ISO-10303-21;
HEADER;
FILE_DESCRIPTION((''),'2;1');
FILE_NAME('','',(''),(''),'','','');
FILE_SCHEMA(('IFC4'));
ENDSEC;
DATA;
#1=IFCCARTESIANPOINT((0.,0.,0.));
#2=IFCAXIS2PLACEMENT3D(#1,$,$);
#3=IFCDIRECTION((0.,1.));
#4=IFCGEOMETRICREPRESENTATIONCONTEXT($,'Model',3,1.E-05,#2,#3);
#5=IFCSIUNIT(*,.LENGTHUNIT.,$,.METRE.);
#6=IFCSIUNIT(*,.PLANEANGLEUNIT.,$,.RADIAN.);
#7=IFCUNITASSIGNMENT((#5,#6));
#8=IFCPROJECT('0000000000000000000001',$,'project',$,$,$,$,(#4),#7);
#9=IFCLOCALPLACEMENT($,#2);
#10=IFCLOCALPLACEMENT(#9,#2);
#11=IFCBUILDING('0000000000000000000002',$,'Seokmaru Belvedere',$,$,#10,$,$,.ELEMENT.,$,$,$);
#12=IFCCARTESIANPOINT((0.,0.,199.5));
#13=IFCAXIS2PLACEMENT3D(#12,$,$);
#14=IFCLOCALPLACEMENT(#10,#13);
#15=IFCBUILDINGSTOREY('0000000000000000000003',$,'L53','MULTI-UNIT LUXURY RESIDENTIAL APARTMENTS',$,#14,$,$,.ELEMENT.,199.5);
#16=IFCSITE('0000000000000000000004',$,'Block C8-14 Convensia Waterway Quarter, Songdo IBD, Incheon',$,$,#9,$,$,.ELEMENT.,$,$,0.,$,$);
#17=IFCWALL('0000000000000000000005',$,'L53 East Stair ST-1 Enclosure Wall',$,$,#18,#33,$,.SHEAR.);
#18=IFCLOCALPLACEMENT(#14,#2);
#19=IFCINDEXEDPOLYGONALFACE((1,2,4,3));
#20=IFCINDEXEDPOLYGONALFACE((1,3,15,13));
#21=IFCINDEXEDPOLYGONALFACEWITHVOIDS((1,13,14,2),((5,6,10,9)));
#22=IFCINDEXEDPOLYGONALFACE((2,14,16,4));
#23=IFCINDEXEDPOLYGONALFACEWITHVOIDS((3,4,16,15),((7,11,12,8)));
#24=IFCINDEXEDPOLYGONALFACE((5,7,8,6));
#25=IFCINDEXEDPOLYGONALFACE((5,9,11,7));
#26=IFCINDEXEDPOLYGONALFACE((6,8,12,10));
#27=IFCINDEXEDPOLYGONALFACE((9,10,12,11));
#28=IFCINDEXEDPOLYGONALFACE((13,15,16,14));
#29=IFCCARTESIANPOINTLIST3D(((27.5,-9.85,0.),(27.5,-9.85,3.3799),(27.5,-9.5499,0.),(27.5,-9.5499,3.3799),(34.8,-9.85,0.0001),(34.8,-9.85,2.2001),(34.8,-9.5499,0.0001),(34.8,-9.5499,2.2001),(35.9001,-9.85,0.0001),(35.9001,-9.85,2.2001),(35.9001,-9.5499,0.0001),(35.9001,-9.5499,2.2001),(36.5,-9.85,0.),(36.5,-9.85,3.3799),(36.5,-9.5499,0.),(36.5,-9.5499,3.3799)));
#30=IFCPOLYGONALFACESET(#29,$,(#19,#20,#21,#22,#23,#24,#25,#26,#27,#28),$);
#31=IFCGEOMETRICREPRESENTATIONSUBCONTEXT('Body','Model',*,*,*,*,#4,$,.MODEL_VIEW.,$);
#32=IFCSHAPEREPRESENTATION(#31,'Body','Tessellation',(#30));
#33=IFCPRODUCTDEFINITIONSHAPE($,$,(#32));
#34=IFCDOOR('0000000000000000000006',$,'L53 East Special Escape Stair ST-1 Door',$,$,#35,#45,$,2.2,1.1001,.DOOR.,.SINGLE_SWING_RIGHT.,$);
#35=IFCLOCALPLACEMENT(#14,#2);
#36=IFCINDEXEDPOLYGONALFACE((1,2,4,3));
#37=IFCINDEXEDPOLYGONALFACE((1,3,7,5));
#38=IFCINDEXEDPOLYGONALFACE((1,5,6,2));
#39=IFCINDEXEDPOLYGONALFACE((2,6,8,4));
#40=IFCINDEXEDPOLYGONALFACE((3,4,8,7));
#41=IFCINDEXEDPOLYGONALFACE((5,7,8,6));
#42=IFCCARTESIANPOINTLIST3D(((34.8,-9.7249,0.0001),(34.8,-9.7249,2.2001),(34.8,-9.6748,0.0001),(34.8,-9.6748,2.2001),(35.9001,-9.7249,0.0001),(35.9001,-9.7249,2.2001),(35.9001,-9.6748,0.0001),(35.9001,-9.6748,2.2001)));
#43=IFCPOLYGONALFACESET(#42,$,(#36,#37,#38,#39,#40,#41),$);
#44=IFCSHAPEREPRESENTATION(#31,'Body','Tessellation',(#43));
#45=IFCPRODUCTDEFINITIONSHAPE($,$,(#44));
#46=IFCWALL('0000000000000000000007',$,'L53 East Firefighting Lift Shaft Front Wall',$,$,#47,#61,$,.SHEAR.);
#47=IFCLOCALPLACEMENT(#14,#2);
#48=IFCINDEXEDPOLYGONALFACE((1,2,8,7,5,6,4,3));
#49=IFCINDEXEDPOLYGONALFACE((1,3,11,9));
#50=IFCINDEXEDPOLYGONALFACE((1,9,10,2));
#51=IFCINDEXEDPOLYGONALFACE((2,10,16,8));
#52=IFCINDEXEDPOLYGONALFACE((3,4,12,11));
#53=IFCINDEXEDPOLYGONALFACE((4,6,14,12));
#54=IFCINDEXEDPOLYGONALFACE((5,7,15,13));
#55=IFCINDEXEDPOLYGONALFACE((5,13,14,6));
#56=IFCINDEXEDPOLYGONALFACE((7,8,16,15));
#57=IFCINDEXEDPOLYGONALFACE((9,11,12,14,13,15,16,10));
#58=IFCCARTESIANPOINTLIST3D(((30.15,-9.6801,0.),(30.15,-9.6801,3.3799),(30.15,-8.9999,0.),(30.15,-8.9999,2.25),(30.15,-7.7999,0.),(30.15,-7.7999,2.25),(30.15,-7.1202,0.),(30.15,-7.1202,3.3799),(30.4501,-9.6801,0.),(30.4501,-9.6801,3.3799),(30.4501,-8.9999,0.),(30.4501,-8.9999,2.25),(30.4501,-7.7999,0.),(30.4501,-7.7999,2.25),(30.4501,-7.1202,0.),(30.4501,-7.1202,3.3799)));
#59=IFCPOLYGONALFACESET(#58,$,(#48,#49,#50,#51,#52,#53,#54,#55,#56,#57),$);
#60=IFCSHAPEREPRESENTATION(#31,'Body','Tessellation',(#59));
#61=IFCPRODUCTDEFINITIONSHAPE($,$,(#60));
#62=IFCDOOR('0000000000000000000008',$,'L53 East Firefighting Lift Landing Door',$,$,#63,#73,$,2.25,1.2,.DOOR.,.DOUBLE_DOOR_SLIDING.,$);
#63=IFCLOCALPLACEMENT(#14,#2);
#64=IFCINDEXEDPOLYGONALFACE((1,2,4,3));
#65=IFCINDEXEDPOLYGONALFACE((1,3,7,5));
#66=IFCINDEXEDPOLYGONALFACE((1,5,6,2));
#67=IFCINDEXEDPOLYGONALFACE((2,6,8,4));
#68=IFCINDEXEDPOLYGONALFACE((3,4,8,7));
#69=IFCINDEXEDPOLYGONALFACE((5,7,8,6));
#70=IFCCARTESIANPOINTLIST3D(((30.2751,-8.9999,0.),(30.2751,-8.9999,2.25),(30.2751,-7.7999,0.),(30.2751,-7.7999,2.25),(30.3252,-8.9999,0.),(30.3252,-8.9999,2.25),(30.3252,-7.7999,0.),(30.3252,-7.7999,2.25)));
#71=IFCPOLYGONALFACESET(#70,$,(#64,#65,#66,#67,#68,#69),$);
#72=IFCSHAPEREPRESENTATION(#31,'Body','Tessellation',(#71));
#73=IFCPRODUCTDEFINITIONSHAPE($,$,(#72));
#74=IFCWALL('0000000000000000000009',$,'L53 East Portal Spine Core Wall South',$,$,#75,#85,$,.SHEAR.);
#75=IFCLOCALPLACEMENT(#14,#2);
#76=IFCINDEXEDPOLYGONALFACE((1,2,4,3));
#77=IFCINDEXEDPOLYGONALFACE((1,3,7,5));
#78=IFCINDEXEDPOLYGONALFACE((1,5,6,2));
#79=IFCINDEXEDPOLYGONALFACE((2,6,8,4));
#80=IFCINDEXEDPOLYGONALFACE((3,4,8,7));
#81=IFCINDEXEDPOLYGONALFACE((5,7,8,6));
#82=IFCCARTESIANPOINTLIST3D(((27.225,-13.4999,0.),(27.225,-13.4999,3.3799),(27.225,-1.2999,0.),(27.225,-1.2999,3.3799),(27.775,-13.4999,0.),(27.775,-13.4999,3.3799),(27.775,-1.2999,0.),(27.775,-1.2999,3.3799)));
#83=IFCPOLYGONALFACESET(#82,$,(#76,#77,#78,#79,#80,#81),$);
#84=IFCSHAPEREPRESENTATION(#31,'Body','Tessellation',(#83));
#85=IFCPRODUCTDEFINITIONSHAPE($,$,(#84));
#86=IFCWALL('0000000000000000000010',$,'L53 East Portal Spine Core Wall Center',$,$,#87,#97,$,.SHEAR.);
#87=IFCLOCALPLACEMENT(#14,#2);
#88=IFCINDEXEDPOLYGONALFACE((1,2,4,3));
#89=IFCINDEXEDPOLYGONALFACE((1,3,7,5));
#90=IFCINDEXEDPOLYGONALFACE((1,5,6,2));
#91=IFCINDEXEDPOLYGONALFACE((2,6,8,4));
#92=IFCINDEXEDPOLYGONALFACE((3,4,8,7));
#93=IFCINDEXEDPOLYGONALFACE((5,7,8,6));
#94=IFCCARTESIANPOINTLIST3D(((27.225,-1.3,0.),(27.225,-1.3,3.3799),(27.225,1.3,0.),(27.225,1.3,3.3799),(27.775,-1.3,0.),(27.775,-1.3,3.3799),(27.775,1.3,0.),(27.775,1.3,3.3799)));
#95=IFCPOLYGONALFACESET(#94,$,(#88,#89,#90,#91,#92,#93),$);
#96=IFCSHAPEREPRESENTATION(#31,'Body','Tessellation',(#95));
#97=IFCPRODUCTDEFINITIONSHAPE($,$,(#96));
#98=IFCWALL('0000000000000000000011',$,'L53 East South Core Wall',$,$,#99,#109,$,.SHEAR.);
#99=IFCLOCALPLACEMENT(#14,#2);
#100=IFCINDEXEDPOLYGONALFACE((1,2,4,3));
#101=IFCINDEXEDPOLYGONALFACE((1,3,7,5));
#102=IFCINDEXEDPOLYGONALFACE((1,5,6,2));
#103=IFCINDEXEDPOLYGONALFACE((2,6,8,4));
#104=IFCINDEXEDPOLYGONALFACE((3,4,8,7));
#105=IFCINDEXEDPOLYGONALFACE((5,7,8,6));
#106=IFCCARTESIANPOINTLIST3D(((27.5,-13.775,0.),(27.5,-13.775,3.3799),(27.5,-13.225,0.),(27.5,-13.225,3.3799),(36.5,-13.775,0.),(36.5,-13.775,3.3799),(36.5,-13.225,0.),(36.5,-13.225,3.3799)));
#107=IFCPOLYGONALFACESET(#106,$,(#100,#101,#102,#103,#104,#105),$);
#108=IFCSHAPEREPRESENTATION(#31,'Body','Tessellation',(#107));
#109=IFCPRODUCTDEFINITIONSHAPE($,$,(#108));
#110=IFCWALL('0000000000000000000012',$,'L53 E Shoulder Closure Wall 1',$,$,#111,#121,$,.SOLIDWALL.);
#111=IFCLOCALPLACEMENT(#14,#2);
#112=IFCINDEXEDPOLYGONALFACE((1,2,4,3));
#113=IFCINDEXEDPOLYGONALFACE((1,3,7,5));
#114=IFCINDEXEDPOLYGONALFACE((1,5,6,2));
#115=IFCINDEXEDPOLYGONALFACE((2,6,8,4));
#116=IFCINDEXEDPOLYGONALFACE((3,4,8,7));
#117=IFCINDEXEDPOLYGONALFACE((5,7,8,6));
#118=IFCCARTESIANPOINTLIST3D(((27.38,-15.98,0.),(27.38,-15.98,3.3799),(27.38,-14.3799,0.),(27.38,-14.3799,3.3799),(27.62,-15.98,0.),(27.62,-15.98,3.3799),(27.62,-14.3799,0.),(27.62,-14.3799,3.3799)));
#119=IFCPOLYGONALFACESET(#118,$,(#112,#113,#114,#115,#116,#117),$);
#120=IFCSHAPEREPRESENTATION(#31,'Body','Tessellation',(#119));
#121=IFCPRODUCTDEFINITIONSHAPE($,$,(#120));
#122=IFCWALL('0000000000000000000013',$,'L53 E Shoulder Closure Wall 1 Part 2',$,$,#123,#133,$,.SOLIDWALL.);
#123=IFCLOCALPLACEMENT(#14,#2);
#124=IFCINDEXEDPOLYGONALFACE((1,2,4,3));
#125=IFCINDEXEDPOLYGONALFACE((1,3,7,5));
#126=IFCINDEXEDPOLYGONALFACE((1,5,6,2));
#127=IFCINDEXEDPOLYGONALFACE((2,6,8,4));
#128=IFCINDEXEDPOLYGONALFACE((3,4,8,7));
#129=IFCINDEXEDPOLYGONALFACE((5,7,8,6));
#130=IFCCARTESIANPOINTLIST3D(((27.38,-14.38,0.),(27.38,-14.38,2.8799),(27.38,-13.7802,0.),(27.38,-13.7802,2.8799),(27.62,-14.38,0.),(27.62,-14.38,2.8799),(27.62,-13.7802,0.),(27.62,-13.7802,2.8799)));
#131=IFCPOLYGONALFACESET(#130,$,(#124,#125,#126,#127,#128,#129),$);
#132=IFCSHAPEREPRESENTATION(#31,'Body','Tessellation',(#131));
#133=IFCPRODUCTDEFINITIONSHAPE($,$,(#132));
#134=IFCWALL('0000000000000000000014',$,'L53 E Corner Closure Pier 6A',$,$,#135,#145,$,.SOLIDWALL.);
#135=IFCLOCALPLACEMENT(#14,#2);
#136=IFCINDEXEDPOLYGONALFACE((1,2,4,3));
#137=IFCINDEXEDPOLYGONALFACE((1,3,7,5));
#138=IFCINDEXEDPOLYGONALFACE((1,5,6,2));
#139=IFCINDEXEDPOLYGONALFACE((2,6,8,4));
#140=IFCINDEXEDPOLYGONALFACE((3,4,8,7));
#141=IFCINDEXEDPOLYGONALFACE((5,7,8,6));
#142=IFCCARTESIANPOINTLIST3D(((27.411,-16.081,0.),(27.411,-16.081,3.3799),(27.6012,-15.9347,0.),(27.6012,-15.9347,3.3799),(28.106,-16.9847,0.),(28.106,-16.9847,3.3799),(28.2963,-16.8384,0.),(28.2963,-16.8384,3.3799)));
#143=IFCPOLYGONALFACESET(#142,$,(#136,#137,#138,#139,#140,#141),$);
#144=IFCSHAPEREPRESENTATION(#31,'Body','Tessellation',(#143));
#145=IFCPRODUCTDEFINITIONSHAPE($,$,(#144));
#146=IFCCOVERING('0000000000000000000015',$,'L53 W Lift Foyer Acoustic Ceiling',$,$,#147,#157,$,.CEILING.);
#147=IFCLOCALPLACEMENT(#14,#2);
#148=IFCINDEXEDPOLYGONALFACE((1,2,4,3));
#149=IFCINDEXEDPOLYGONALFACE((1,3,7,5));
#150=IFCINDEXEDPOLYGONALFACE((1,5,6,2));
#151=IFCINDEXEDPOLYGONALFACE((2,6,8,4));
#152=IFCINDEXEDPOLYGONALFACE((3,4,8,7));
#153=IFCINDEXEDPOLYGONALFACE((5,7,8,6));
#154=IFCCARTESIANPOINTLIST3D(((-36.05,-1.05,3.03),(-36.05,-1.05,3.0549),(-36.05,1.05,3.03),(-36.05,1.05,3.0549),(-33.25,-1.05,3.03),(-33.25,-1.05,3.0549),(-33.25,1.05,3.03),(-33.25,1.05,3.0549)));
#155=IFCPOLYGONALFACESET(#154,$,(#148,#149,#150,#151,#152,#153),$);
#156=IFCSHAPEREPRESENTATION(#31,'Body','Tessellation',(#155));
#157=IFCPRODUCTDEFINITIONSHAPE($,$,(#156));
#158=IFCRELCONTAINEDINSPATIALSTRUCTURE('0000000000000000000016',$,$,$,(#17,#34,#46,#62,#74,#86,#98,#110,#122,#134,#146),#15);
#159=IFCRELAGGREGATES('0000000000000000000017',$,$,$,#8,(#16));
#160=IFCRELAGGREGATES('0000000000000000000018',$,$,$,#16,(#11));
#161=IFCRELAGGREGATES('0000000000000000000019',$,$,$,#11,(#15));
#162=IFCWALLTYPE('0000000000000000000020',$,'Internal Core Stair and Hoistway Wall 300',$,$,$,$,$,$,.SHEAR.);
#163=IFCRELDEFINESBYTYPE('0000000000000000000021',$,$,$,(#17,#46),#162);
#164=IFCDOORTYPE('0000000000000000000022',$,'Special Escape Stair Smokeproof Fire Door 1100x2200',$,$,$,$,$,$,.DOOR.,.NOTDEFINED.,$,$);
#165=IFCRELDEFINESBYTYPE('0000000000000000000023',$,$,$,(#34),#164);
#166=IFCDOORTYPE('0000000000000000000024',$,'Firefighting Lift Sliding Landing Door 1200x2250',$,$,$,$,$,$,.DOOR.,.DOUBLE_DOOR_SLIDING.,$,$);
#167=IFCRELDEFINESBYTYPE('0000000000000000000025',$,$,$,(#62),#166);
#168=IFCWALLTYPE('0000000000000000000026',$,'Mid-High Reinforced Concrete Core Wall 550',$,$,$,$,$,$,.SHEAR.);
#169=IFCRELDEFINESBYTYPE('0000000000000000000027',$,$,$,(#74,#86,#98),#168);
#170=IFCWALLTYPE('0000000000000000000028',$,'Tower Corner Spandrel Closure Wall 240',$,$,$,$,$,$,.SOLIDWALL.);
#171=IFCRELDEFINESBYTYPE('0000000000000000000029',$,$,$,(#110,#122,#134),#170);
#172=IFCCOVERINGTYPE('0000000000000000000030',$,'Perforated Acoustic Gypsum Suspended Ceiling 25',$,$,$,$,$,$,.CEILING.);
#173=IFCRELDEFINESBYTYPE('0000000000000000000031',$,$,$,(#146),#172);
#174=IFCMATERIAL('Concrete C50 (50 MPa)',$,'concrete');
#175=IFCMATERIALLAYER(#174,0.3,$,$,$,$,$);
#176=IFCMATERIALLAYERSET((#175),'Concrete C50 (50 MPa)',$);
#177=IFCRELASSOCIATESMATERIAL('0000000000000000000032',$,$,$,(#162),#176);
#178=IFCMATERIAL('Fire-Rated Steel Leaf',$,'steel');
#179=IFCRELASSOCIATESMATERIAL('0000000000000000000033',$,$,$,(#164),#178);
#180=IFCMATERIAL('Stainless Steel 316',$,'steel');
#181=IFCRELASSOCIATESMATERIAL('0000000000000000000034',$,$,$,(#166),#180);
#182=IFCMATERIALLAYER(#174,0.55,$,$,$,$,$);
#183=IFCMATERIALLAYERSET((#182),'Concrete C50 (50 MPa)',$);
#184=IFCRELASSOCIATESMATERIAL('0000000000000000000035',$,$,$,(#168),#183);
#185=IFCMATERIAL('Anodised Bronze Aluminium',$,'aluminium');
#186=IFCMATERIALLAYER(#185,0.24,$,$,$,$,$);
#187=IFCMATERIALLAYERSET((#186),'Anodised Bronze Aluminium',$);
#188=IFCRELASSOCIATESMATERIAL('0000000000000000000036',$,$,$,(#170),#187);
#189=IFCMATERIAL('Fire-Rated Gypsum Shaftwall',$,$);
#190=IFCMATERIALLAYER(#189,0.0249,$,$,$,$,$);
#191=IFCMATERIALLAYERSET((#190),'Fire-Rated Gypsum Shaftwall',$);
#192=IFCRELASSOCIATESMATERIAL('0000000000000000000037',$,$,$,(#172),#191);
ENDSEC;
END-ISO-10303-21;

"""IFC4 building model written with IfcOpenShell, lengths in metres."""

from ifc_helpers import new_model, si_unit, direction, frame, frame_2d, origin, place, context, subcontext, project, spatial, polyline, rectangle, outline, extrude, source, transform, mapped, material, layer, layer_set, type_object, type_shapes, element, fill, save


model = new_model("IFC4")

# Units and contexts
model_context = context("Model", 3, precision=1e-05, world=origin(), true_north=direction((0.0, 1.0)))
body_context = subcontext(model_context, "Body", "Model", "MODEL_VIEW")
ifc_project = project(units=[si_unit("LENGTHUNIT", "METRE"), si_unit("PLANEANGLEUNIT", "RADIAN")], contexts=[model_context])

# Site, building, storey
site_placement = place(None, origin())
site = spatial("IfcSite", under=ifc_project, at=site_placement, Name="Block C8-14 Convensia Waterway Quarter, Songdo IBD, Incheon", CompositionType="ELEMENT", RefElevation=0.0)
building_placement = place(site_placement, origin())
building = spatial("IfcBuilding", under=site, at=building_placement, Name="Seokmaru Belvedere", CompositionType="ELEMENT")
storey_placement = place(building_placement, frame((0.0, 0.0, 199.5)))
storey = spatial("IfcBuildingStorey", under=building, at=storey_placement, Name="L53", Description="MULTI-UNIT LUXURY RESIDENTIAL APARTMENTS", CompositionType="ELEMENT", Elevation=199.5)

# Shared definitions
ifc_material_1 = material(Name="Anodised Bronze Aluminium", Category="aluminium")

# Shared definitions
ifc_material_2 = material(Name="Fire-Rated Gypsum Shaftwall")
ifc_material_3 = material(Name="Fire-Rated Steel Leaf", Category="steel")

# Shared definitions
ifc_material_4 = material(Name="Concrete C50 (50 MPa)", Category="concrete")

# Walls, openings, doors
ifc_layer_1 = layer(ifc_material_4, 0.3)
ifc_layer_set_1 = layer_set([ifc_layer_1], Name="Concrete C50 (50 MPa)")
wall_type_1 = type_object("IfcWallType", Name="Internal Core Stair and Hoistway Wall 300", PredefinedType="SHEAR", material=ifc_layer_set_1)
wall_1_placement = place(storey_placement, frame((27.5, -9.7, 0.0), z_axis=(0.0, 0.0, 1.0), x_axis=(1.0, 0.0, 0.0)))
wall_1 = element("IfcWall", 1, at=wall_1_placement, inside=storey, type_object=wall_type_1, Name="L53 East Stair ST-1 Enclosure Wall", PredefinedType="SHEAR", context=body_context, shape_type="SweptSolid", body=[
    extrude(rectangle(XDim=9.0, YDim=0.3, at=frame_2d((4.5, 0.0))), origin(), (0.0, 0.0, 1.0), 3.3799),
])
opening_1_placement = place(wall_1_placement, frame((7.3, 0.0, 0.0)))
opening_1 = element("IfcOpeningElement", 2, at=opening_1_placement, cuts=wall_1, PredefinedType="OPENING", context=body_context, shape_type="SweptSolid", body=[
    extrude(rectangle(XDim=1.1001, YDim=2.2, at=frame_2d((0.55, 1.1001))), frame((0.0, 0.1602, 0.0), z_axis=(0.0, -1.0, 0.0), x_axis=(1.0, 0.0, 0.0)), (0.0, 0.0, 1.0), 0.3201),
])
door_type_1 = type_object("IfcDoorType", Name="Special Escape Stair Smokeproof Fire Door 1100x2200", OperationType="NOTDEFINED", PredefinedType="DOOR", material=ifc_material_3)
shared_shape_1 = source(origin(), body_context, "Body", "SweptSolid", [
    extrude(rectangle(XDim=1.1001, YDim=2.2, at=frame_2d((0.55, 1.1001))), frame((0.0, 0.0249, 0.0), z_axis=(0.0, -1.0, 0.0), x_axis=(1.0, 0.0, 0.0)), (0.0, 0.0, 1.0), 0.05),
])
type_shapes(door_type_1, [shared_shape_1])
door_1_placement = place(opening_1_placement, frame((1.1001, 0.0, 0.0), z_axis=(0.0, 0.0, 1.0), x_axis=(-1.0, 0.0, 0.0)))
door_1 = element("IfcDoor", 3, at=door_1_placement, inside=storey, type_object=door_type_1, Name="L53 East Special Escape Stair ST-1 Door", OperationType="SINGLE_SWING_RIGHT", OverallHeight=2.2, OverallWidth=1.1001, PredefinedType="DOOR", context=body_context, shape_type="MappedRepresentation", body=[
    mapped(shared_shape_1, transform((0.0, 0.0, 0.0), scale=1.0)),
])
fill(opening_1, door_1)
wall_2_placement = place(storey_placement, frame((30.3, -9.6799, 0.0), z_axis=(0.0, 0.0, 1.0), x_axis=(0.0, 1.0, 0.0)))
wall_2 = element("IfcWall", 4, at=wall_2_placement, inside=storey, type_object=wall_type_1, Name="L53 East Firefighting Lift Shaft Front Wall", PredefinedType="SHEAR", context=body_context, shape_type="SweptSolid", body=[
    extrude(rectangle(XDim=2.5598, YDim=0.3, at=frame_2d((1.2798, 0.0))), origin(), (0.0, 0.0, 1.0), 3.3799),
])
opening_2_placement = place(wall_2_placement, frame((0.6799, 0.0, 0.0)))
opening_2 = element("IfcOpeningElement", 5, at=opening_2_placement, cuts=wall_2, PredefinedType="OPENING", context=body_context, shape_type="SweptSolid", body=[
    extrude(rectangle(XDim=1.2, YDim=2.25, at=frame_2d((0.6001, 1.125))), frame((0.0, 0.1602, 0.0), z_axis=(0.0, -1.0, 0.0), x_axis=(1.0, 0.0, 0.0)), (0.0, 0.0, 1.0), 0.3201),
])
ifc_material_5 = material(Name="Stainless Steel 316", Category="steel")
door_type_2 = type_object("IfcDoorType", Name="Firefighting Lift Sliding Landing Door 1200x2250", OperationType="DOUBLE_DOOR_SLIDING", PredefinedType="DOOR", material=ifc_material_5)
shared_shape_2 = source(origin(), body_context, "Body", "SweptSolid", [
    extrude(rectangle(XDim=1.2, YDim=2.25, at=frame_2d((0.6001, 1.125))), frame((0.0, 0.0249, 0.0), z_axis=(0.0, -1.0, 0.0), x_axis=(1.0, 0.0, 0.0)), (0.0, 0.0, 1.0), 0.05),
])
type_shapes(door_type_2, [shared_shape_2])
door_2_placement = place(opening_2_placement, origin())
door_2 = element("IfcDoor", 6, at=door_2_placement, inside=storey, type_object=door_type_2, Name="L53 East Firefighting Lift Landing Door", OperationType="DOUBLE_DOOR_SLIDING", OverallHeight=2.25, OverallWidth=1.2, PredefinedType="DOOR", context=body_context, shape_type="MappedRepresentation", body=[
    mapped(shared_shape_2, transform((0.0, 0.0, 0.0), scale=1.0)),
])
fill(opening_2, door_2)

# Walls
ifc_layer_2 = layer(ifc_material_4, 0.55)
ifc_layer_set_2 = layer_set([ifc_layer_2], Name="Concrete C50 (50 MPa)")
wall_type_2 = type_object("IfcWallType", Name="Mid-High Reinforced Concrete Core Wall 550", PredefinedType="SHEAR", material=ifc_layer_set_2)
wall_3_placement = place(storey_placement, frame((27.5, -13.5, 0.0), z_axis=(0.0, 0.0, 1.0), x_axis=(0.0, 1.0, 0.0)))
element("IfcWall", 7, at=wall_3_placement, inside=storey, type_object=wall_type_2, Name="L53 East Portal Spine Core Wall South", PredefinedType="SHEAR", context=body_context, shape_type="SweptSolid", body=[
    extrude(rectangle(XDim=12.2, YDim=0.55, at=frame_2d((6.1001, 0.0))), origin(), (0.0, 0.0, 1.0), 3.3799),
])
wall_4_placement = place(storey_placement, frame((27.5, -1.3, 0.0), z_axis=(0.0, 0.0, 1.0), x_axis=(0.0, 1.0, 0.0)))
element("IfcWall", 8, at=wall_4_placement, inside=storey, type_object=wall_type_2, Name="L53 East Portal Spine Core Wall Center", PredefinedType="SHEAR", context=body_context, shape_type="SweptSolid", body=[
    extrude(rectangle(XDim=2.6001, YDim=0.55, at=frame_2d((1.3, 0.0))), origin(), (0.0, 0.0, 1.0), 3.3799),
])
wall_5_placement = place(storey_placement, frame((27.5, -13.5, 0.0), z_axis=(0.0, 0.0, 1.0), x_axis=(1.0, 0.0, 0.0)))
element("IfcWall", 9, at=wall_5_placement, inside=storey, type_object=wall_type_2, Name="L53 East South Core Wall", PredefinedType="SHEAR", context=body_context, shape_type="SweptSolid", body=[
    extrude(rectangle(XDim=9.0, YDim=0.55, at=frame_2d((4.5, 0.0))), origin(), (0.0, 0.0, 1.0), 3.3799),
])
ifc_layer_3 = layer(ifc_material_1, 0.24)
ifc_layer_set_3 = layer_set([ifc_layer_3], Name="Anodised Bronze Aluminium")
wall_type_3 = type_object("IfcWallType", Name="Tower Corner Spandrel Closure Wall 240", PredefinedType="SOLIDWALL", material=ifc_layer_set_3)
wall_6_placement = place(storey_placement, frame((27.5, -15.98, 0.0), z_axis=(0.0, 0.0, 1.0), x_axis=(0.0, 1.0, 0.0)))
element("IfcWall", 10, at=wall_6_placement, inside=storey, type_object=wall_type_3, Name="L53 E Shoulder Closure Wall 1", PredefinedType="SOLIDWALL", context=body_context, shape_type="SweptSolid", body=[
    extrude(rectangle(XDim=1.6001, YDim=0.24, at=frame_2d((0.8, 0.0))), origin(), (0.0, 0.0, 1.0), 3.3799),
])
wall_7_placement = place(storey_placement, frame((27.5, -14.3799, 0.0), z_axis=(0.0, 0.0, 1.0), x_axis=(0.0, 1.0, 0.0)))
element("IfcWall", 11, at=wall_7_placement, inside=storey, type_object=wall_type_3, Name="L53 E Shoulder Closure Wall 1 Part 2", PredefinedType="SOLIDWALL", context=body_context, shape_type="SweptSolid", body=[
    extrude(rectangle(XDim=0.5999, YDim=0.24, at=frame_2d((0.2998, 0.0))), origin(), (0.0, 0.0, 1.0), 2.8799),
])
wall_8_placement = place(storey_placement, frame((27.5061, -16.0078, 0.0), z_axis=(0.0, 0.0, 1.0), x_axis=(0.609618, -0.792696, 0.0)))
element("IfcWall", 12, at=wall_8_placement, inside=storey, type_object=wall_type_3, Name="L53 E Corner Closure Pier 6A", PredefinedType="SOLIDWALL", context=body_context, shape_type="SweptSolid", body=[
    extrude(rectangle(XDim=1.1401, YDim=0.24, at=frame_2d((0.5701, 0.0))), origin(), (0.0, 0.0, 1.0), 3.3799),
])

# Covering
ifc_layer_4 = layer(ifc_material_2, 0.0249)
ifc_layer_set_4 = layer_set([ifc_layer_4], Name="Fire-Rated Gypsum Shaftwall")
covering_type = type_object("IfcCoveringType", Name="Perforated Acoustic Gypsum Suspended Ceiling 25", PredefinedType="CEILING", material=ifc_layer_set_4)
covering_placement = place(storey_placement, frame((0.0, 0.0, 3.03)))
element("IfcCovering", 13, at=covering_placement, inside=storey, type_object=covering_type, Name="L53 W Lift Foyer Acoustic Ceiling", PredefinedType="CEILING", context=body_context, shape_type="SweptSolid", body=[
    extrude(outline(polyline([(-36.05, -1.05), (-33.25, -1.05), (-33.25, 1.05), (-36.05, 1.05), (-36.05, -1.05)])), origin(), (0.0, 0.0, 1.0), 0.0249),
])

save(model, "model.ifc")
